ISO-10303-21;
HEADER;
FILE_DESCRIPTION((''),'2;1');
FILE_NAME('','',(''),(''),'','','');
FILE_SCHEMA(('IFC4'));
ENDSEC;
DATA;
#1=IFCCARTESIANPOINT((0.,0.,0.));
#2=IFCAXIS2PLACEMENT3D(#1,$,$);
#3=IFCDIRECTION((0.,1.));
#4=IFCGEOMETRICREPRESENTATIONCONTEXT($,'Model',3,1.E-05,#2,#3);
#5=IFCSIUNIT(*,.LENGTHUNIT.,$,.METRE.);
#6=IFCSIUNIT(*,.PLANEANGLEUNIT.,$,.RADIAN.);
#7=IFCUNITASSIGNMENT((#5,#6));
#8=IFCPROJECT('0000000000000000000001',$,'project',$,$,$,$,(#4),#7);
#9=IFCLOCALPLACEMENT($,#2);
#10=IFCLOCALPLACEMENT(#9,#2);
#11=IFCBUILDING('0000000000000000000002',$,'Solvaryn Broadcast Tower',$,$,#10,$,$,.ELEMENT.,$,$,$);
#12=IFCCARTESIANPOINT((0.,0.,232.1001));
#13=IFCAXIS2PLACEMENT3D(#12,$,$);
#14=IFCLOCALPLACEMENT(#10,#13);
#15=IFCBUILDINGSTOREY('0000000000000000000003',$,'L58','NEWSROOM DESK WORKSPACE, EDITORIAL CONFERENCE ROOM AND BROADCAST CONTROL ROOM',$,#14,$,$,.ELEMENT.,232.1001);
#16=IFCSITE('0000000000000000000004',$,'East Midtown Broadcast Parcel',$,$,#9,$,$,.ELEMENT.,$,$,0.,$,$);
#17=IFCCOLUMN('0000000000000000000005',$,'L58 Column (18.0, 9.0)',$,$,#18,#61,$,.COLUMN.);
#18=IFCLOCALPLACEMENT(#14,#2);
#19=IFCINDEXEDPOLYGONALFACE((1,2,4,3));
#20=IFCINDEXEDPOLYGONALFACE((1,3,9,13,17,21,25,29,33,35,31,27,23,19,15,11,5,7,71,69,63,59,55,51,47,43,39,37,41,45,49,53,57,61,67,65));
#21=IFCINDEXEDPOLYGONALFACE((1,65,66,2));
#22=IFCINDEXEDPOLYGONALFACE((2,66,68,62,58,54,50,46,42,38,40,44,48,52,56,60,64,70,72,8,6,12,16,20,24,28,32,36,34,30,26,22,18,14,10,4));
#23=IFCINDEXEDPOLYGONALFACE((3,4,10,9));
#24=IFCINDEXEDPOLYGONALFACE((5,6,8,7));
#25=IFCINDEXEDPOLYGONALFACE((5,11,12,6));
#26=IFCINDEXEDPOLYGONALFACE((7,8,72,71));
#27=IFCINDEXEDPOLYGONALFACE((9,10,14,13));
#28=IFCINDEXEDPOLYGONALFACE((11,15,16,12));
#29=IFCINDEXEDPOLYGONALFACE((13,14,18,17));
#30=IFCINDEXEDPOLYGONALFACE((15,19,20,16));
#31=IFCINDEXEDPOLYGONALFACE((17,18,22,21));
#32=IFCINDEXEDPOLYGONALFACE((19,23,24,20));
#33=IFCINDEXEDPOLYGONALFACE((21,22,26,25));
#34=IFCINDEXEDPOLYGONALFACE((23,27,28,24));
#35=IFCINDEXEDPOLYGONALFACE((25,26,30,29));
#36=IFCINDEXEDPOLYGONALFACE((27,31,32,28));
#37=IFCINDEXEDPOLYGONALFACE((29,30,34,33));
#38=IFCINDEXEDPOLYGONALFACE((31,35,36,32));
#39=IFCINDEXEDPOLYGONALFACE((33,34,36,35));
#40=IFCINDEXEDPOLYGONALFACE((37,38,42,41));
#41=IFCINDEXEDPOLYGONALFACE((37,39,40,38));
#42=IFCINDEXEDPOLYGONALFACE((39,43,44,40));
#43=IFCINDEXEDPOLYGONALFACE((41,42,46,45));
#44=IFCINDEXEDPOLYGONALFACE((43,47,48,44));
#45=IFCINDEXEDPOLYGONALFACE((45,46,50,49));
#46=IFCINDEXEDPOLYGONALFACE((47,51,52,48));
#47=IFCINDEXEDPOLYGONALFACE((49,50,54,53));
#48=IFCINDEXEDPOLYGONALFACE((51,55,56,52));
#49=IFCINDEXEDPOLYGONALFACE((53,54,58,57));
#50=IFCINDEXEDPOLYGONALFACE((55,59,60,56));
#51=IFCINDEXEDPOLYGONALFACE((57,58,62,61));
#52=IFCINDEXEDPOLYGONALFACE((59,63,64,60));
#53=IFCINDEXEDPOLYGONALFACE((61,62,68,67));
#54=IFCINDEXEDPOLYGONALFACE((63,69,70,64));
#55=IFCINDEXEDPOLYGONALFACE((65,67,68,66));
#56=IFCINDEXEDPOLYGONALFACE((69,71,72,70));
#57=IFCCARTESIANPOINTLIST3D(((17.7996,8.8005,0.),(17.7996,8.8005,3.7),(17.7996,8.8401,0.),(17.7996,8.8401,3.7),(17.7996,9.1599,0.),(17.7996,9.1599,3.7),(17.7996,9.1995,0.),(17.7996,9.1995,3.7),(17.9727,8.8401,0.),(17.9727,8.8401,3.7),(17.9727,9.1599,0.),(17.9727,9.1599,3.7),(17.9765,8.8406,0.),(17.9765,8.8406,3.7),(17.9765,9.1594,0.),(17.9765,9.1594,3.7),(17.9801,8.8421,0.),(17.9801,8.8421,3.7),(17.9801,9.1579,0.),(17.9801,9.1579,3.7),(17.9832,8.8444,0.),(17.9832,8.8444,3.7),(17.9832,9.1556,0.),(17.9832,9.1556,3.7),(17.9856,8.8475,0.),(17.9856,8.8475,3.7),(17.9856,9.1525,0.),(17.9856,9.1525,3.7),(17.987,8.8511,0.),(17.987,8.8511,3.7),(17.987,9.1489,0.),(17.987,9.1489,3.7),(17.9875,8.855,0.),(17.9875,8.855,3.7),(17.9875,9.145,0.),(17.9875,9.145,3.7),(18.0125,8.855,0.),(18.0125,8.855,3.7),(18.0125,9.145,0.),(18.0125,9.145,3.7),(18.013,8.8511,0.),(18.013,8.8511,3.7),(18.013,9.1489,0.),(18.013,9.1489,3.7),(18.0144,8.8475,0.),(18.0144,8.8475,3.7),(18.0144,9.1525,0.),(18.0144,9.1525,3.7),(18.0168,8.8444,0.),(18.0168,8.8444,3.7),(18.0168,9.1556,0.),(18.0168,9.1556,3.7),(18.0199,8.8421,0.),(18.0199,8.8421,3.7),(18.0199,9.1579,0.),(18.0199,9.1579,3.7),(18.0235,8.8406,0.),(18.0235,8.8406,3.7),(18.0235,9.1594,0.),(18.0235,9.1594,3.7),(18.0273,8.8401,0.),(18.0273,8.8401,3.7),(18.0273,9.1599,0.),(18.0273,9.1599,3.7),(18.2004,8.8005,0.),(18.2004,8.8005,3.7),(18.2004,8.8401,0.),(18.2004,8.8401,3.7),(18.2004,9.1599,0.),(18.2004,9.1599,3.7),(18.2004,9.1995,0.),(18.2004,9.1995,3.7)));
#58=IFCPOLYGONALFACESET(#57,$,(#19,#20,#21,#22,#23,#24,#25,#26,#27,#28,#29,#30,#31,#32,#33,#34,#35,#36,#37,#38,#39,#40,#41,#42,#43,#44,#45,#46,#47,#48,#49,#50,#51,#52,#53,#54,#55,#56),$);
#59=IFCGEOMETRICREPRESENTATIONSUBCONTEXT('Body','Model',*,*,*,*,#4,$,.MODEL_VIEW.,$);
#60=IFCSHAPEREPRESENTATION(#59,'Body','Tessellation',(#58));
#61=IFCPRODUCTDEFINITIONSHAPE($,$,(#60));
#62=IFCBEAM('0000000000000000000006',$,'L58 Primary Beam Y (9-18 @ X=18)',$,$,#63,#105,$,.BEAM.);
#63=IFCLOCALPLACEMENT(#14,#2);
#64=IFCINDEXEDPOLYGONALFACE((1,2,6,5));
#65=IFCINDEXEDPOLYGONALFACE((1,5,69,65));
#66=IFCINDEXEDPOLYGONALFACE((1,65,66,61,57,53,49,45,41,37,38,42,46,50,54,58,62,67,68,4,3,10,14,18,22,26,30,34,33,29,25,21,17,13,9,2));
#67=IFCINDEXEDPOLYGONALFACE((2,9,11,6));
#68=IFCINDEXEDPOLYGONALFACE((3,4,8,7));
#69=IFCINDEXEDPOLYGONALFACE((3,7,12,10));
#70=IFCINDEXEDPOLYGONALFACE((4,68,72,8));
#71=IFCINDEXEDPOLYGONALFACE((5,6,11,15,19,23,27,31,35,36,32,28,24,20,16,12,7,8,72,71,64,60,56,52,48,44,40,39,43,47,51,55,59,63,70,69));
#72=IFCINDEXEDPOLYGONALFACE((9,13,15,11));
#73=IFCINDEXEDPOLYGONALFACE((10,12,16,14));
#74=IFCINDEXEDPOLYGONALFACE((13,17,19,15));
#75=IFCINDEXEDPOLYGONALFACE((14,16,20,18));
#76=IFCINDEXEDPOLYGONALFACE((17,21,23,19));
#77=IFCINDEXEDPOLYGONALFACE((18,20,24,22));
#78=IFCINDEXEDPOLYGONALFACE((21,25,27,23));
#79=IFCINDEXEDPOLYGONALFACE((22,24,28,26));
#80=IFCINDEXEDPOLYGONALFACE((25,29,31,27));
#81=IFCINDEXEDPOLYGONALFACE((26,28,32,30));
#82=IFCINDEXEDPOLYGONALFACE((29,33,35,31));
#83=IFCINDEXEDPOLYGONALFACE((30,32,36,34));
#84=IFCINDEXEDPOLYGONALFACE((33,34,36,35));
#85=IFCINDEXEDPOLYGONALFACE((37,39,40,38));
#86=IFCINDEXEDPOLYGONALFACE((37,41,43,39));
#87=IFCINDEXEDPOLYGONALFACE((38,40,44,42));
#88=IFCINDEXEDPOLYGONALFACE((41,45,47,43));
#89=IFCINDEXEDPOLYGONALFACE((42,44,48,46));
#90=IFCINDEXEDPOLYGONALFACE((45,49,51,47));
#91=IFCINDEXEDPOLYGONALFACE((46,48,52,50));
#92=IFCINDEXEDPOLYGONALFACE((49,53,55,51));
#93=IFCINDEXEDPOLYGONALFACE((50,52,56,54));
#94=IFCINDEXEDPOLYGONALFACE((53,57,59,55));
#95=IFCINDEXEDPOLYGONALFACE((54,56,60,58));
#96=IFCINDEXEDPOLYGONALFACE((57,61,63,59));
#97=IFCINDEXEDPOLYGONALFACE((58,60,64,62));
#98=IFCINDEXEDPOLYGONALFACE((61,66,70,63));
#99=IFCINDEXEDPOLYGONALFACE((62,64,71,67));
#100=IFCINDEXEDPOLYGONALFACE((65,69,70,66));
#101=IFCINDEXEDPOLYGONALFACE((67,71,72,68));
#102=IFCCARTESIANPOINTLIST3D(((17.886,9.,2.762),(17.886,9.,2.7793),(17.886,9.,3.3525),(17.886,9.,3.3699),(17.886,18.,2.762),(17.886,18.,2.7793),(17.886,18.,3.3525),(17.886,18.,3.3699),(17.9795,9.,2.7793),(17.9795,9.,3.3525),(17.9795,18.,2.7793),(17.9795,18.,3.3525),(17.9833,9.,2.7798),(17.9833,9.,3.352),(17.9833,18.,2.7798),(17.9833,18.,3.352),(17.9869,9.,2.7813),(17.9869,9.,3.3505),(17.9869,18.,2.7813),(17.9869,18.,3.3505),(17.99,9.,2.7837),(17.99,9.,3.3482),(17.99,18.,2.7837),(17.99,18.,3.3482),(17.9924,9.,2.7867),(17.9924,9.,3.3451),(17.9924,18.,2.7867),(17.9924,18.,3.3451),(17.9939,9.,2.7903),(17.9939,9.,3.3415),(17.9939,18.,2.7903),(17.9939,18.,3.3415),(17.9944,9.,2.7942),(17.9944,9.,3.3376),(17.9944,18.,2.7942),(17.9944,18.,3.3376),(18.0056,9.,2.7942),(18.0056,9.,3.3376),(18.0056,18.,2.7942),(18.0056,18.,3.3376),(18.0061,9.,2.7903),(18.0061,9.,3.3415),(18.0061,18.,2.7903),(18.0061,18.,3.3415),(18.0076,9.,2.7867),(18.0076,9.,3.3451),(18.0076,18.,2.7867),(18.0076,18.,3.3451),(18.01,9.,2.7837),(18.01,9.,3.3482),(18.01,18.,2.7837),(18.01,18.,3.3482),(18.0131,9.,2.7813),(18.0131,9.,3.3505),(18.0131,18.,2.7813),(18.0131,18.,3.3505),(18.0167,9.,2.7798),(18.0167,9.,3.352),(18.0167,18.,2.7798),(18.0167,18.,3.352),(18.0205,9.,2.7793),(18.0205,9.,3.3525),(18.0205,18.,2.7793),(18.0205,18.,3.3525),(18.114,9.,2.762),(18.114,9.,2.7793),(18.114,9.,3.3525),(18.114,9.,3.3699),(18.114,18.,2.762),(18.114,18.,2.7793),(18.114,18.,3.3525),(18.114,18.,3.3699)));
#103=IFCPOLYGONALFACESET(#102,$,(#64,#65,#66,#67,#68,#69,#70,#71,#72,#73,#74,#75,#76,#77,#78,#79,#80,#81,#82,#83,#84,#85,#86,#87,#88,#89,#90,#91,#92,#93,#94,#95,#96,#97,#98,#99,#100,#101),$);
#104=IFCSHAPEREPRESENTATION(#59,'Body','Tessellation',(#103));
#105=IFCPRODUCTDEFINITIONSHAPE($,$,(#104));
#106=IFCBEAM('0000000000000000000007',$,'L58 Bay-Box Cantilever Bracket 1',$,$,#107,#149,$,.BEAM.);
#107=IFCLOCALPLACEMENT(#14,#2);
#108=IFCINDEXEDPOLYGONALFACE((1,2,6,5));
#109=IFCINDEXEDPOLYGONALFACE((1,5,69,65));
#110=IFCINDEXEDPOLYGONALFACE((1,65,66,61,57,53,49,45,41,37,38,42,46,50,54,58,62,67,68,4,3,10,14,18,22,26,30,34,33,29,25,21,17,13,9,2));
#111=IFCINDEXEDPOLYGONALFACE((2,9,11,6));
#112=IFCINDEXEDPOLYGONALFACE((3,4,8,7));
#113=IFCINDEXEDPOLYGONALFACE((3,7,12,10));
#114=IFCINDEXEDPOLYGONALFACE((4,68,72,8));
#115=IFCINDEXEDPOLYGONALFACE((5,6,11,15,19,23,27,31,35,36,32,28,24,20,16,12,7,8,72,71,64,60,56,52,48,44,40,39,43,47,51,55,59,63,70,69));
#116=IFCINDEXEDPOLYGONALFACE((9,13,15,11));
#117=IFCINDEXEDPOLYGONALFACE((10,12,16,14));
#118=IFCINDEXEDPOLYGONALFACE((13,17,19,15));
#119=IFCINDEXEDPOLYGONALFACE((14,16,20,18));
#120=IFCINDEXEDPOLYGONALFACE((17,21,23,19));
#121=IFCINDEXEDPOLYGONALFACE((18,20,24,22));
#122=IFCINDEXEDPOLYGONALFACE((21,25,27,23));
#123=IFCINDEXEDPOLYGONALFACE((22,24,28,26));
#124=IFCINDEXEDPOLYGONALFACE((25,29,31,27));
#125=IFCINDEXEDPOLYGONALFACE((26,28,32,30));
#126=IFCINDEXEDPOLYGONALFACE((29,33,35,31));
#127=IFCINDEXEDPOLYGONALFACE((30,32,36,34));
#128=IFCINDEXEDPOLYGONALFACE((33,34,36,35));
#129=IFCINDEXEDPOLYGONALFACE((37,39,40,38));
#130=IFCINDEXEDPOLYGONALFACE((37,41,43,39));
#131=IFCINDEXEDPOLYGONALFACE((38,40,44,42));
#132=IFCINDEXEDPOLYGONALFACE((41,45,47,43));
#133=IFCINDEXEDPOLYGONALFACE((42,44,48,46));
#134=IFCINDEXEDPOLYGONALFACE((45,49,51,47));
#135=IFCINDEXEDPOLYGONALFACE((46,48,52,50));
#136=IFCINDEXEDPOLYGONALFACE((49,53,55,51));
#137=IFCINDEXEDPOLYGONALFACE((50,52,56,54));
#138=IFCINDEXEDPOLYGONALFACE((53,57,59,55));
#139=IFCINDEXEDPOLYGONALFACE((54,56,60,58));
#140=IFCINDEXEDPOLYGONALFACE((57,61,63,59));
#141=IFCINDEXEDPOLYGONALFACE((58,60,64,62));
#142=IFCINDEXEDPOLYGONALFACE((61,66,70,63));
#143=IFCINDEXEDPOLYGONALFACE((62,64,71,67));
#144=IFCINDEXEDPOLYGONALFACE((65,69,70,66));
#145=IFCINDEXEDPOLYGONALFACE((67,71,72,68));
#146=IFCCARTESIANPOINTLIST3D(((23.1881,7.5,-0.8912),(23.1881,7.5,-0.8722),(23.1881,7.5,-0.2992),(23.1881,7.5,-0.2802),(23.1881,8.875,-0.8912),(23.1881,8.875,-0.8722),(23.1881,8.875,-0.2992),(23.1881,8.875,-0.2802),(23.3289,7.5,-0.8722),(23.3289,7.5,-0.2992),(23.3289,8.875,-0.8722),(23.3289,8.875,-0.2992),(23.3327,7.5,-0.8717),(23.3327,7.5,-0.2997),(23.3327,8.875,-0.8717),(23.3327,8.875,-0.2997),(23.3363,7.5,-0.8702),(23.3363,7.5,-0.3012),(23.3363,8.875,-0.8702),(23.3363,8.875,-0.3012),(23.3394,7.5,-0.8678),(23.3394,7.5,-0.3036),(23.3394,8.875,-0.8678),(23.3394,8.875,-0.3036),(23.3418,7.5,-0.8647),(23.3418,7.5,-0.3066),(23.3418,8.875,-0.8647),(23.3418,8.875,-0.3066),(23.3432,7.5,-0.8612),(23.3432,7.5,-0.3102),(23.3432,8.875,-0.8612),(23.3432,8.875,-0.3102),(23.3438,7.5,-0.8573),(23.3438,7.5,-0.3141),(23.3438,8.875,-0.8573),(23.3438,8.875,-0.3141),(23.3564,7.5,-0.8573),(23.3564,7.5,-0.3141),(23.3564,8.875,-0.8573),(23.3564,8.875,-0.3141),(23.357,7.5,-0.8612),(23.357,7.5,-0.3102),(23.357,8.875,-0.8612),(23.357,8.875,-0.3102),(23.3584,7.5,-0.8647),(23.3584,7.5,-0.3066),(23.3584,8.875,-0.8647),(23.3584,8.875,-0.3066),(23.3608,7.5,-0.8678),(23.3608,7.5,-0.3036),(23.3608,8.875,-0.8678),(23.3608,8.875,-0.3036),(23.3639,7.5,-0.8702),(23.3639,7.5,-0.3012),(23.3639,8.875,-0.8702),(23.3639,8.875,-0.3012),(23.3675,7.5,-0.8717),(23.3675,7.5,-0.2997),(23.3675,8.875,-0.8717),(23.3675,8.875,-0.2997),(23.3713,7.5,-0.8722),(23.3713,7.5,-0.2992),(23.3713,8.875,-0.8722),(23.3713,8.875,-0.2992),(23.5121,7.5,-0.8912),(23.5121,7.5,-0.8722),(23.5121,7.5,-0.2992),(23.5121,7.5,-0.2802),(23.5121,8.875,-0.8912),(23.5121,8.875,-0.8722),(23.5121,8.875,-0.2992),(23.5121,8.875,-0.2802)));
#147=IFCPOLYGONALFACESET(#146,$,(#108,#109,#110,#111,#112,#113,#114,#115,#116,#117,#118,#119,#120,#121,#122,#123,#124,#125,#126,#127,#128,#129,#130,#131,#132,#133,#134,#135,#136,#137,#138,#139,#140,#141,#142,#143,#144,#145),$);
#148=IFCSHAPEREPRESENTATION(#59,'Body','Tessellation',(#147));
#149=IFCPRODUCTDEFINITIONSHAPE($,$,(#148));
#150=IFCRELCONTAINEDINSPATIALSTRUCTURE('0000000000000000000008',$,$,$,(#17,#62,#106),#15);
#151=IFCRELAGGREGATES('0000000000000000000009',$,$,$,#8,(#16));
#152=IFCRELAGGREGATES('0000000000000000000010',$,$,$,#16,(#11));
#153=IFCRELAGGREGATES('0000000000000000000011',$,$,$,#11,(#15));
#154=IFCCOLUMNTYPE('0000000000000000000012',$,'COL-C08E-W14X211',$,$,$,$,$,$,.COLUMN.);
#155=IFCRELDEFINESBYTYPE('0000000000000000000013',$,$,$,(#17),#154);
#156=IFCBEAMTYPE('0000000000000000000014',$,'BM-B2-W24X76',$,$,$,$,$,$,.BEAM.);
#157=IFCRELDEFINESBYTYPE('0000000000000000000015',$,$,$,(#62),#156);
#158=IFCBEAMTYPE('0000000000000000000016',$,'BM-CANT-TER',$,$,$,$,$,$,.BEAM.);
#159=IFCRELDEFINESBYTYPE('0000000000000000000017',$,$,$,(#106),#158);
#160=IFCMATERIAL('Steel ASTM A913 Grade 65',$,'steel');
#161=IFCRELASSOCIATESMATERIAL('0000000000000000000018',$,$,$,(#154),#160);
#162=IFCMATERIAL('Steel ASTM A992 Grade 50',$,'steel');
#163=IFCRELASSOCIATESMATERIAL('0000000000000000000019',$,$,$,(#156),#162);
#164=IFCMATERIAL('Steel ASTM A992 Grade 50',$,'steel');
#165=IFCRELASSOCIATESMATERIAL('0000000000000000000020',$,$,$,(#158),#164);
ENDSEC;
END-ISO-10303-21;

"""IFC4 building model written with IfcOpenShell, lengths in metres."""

from ifc_helpers import new_model, si_unit, direction, frame, origin, origin_2d, place, context, subcontext, project, spatial, i_section, extrude, material, material_profile, profile_set, type_object, element, save


model = new_model("IFC4")

# Units and contexts
model_context = context("Model", 3, precision=1e-05, world=origin(), true_north=direction((0.0, 1.0)))
body_context = subcontext(model_context, "Body", "Model", "MODEL_VIEW")
ifc_project = project(units=[si_unit("LENGTHUNIT", "METRE"), si_unit("PLANEANGLEUNIT", "RADIAN")], contexts=[model_context])

# Site, building, storey
site_placement = place(None, origin())
site = spatial("IfcSite", under=ifc_project, at=site_placement, Name="East Midtown Broadcast Parcel", CompositionType="ELEMENT", RefElevation=0.0)
building_placement = place(site_placement, origin())
building = spatial("IfcBuilding", under=site, at=building_placement, Name="Solvaryn Broadcast Tower", CompositionType="ELEMENT")
storey_placement = place(building_placement, frame((0.0, 0.0, 232.1001)))
storey = spatial("IfcBuildingStorey", under=building, at=storey_placement, Name="L58", Description="NEWSROOM DESK WORKSPACE, EDITORIAL CONFERENCE ROOM AND BROADCAST CONTROL ROOM", CompositionType="ELEMENT", Elevation=232.1001)

# Column
ifc_material_1 = material(Name="Steel ASTM A913 Grade 65", Category="steel")
ifc_material_profile_1 = material_profile(ifc_material_1, i_section(OverallWidth=0.4009, OverallDepth=0.3989, WebThickness=0.0249, FlangeThickness=0.0396, FilletRadius=0.0149, at=origin_2d()))
ifc_profile_set_1 = profile_set([ifc_material_profile_1], Name="Steel ASTM A913 Grade 65")
column_type = type_object("IfcColumnType", Name="COL-C08E-W14X211", PredefinedType="COLUMN", material=ifc_profile_set_1)
column_placement = place(storey_placement, frame((18.0, 9.0, 0.0), z_axis=(0.0, 0.0, 1.0), x_axis=(1.0, 0.0, 0.0)))
element("IfcColumn", 1, at=column_placement, inside=storey, type_object=column_type, Name="L58 Column (18.0, 9.0)", PredefinedType="COLUMN", context=body_context, shape_type="SweptSolid", body=[
    extrude(i_section(OverallWidth=0.4009, OverallDepth=0.3989, WebThickness=0.0249, FlangeThickness=0.0396, FilletRadius=0.0149, at=origin_2d()), origin(), (0.0, 0.0, 1.0), 3.7),
])

# Beams
ifc_material_2 = material(Name="Steel ASTM A992 Grade 50", Category="steel")
ifc_material_profile_2 = material_profile(ifc_material_2, i_section(OverallWidth=0.228, OverallDepth=0.6079, WebThickness=0.0112, FlangeThickness=0.0173, FilletRadius=0.0149, at=origin_2d()))
ifc_profile_set_2 = profile_set([ifc_material_profile_2], Name="Steel ASTM A992 Grade 50")
beam_type_1 = type_object("IfcBeamType", Name="BM-B2-W24X76", PredefinedType="BEAM", material=ifc_profile_set_2)
beam_1_placement = place(storey_placement, frame((18.0, 9.0, 3.0659), z_axis=(0.0, 1.0, 0.0), x_axis=(-1.0, 0.0, 0.0)))
element("IfcBeam", 2, at=beam_1_placement, inside=storey, type_object=beam_type_1, Name="L58 Primary Beam Y (9-18 @ X=18)", PredefinedType="BEAM", context=body_context, shape_type="SweptSolid", body=[
    extrude(i_section(OverallWidth=0.228, OverallDepth=0.6079, WebThickness=0.0112, FlangeThickness=0.0173, FilletRadius=0.0149, at=origin_2d()), origin(), (0.0, 0.0, 1.0), 9.0),
])
ifc_material_3 = material(Name="Steel ASTM A992 Grade 50", Category="steel")
ifc_material_profile_3 = material_profile(ifc_material_3, i_section(OverallWidth=0.324, OverallDepth=0.6111, WebThickness=0.0127, FlangeThickness=0.019, FilletRadius=0.0149, at=origin_2d()))
ifc_profile_set_3 = profile_set([ifc_material_profile_3], Name="Steel ASTM A992 Grade 50")
beam_type_2 = type_object("IfcBeamType", Name="BM-CANT-TER", PredefinedType="BEAM", material=ifc_profile_set_3)
beam_2_placement = place(storey_placement, frame((23.3501, 8.875, -0.5857), z_axis=(0.0, -1.0, 0.0), x_axis=(1.0, 0.0, 0.0)))
element("IfcBeam", 3, at=beam_2_placement, inside=storey, type_object=beam_type_2, Name="L58 Bay-Box Cantilever Bracket 1", PredefinedType="BEAM", context=body_context, shape_type="SweptSolid", body=[
    extrude(i_section(OverallWidth=0.324, OverallDepth=0.6111, WebThickness=0.0127, FlangeThickness=0.019, FilletRadius=0.0149, at=origin_2d()), origin(), (0.0, 0.0, 1.0), 1.375),
])

save(model, "model.ifc")
